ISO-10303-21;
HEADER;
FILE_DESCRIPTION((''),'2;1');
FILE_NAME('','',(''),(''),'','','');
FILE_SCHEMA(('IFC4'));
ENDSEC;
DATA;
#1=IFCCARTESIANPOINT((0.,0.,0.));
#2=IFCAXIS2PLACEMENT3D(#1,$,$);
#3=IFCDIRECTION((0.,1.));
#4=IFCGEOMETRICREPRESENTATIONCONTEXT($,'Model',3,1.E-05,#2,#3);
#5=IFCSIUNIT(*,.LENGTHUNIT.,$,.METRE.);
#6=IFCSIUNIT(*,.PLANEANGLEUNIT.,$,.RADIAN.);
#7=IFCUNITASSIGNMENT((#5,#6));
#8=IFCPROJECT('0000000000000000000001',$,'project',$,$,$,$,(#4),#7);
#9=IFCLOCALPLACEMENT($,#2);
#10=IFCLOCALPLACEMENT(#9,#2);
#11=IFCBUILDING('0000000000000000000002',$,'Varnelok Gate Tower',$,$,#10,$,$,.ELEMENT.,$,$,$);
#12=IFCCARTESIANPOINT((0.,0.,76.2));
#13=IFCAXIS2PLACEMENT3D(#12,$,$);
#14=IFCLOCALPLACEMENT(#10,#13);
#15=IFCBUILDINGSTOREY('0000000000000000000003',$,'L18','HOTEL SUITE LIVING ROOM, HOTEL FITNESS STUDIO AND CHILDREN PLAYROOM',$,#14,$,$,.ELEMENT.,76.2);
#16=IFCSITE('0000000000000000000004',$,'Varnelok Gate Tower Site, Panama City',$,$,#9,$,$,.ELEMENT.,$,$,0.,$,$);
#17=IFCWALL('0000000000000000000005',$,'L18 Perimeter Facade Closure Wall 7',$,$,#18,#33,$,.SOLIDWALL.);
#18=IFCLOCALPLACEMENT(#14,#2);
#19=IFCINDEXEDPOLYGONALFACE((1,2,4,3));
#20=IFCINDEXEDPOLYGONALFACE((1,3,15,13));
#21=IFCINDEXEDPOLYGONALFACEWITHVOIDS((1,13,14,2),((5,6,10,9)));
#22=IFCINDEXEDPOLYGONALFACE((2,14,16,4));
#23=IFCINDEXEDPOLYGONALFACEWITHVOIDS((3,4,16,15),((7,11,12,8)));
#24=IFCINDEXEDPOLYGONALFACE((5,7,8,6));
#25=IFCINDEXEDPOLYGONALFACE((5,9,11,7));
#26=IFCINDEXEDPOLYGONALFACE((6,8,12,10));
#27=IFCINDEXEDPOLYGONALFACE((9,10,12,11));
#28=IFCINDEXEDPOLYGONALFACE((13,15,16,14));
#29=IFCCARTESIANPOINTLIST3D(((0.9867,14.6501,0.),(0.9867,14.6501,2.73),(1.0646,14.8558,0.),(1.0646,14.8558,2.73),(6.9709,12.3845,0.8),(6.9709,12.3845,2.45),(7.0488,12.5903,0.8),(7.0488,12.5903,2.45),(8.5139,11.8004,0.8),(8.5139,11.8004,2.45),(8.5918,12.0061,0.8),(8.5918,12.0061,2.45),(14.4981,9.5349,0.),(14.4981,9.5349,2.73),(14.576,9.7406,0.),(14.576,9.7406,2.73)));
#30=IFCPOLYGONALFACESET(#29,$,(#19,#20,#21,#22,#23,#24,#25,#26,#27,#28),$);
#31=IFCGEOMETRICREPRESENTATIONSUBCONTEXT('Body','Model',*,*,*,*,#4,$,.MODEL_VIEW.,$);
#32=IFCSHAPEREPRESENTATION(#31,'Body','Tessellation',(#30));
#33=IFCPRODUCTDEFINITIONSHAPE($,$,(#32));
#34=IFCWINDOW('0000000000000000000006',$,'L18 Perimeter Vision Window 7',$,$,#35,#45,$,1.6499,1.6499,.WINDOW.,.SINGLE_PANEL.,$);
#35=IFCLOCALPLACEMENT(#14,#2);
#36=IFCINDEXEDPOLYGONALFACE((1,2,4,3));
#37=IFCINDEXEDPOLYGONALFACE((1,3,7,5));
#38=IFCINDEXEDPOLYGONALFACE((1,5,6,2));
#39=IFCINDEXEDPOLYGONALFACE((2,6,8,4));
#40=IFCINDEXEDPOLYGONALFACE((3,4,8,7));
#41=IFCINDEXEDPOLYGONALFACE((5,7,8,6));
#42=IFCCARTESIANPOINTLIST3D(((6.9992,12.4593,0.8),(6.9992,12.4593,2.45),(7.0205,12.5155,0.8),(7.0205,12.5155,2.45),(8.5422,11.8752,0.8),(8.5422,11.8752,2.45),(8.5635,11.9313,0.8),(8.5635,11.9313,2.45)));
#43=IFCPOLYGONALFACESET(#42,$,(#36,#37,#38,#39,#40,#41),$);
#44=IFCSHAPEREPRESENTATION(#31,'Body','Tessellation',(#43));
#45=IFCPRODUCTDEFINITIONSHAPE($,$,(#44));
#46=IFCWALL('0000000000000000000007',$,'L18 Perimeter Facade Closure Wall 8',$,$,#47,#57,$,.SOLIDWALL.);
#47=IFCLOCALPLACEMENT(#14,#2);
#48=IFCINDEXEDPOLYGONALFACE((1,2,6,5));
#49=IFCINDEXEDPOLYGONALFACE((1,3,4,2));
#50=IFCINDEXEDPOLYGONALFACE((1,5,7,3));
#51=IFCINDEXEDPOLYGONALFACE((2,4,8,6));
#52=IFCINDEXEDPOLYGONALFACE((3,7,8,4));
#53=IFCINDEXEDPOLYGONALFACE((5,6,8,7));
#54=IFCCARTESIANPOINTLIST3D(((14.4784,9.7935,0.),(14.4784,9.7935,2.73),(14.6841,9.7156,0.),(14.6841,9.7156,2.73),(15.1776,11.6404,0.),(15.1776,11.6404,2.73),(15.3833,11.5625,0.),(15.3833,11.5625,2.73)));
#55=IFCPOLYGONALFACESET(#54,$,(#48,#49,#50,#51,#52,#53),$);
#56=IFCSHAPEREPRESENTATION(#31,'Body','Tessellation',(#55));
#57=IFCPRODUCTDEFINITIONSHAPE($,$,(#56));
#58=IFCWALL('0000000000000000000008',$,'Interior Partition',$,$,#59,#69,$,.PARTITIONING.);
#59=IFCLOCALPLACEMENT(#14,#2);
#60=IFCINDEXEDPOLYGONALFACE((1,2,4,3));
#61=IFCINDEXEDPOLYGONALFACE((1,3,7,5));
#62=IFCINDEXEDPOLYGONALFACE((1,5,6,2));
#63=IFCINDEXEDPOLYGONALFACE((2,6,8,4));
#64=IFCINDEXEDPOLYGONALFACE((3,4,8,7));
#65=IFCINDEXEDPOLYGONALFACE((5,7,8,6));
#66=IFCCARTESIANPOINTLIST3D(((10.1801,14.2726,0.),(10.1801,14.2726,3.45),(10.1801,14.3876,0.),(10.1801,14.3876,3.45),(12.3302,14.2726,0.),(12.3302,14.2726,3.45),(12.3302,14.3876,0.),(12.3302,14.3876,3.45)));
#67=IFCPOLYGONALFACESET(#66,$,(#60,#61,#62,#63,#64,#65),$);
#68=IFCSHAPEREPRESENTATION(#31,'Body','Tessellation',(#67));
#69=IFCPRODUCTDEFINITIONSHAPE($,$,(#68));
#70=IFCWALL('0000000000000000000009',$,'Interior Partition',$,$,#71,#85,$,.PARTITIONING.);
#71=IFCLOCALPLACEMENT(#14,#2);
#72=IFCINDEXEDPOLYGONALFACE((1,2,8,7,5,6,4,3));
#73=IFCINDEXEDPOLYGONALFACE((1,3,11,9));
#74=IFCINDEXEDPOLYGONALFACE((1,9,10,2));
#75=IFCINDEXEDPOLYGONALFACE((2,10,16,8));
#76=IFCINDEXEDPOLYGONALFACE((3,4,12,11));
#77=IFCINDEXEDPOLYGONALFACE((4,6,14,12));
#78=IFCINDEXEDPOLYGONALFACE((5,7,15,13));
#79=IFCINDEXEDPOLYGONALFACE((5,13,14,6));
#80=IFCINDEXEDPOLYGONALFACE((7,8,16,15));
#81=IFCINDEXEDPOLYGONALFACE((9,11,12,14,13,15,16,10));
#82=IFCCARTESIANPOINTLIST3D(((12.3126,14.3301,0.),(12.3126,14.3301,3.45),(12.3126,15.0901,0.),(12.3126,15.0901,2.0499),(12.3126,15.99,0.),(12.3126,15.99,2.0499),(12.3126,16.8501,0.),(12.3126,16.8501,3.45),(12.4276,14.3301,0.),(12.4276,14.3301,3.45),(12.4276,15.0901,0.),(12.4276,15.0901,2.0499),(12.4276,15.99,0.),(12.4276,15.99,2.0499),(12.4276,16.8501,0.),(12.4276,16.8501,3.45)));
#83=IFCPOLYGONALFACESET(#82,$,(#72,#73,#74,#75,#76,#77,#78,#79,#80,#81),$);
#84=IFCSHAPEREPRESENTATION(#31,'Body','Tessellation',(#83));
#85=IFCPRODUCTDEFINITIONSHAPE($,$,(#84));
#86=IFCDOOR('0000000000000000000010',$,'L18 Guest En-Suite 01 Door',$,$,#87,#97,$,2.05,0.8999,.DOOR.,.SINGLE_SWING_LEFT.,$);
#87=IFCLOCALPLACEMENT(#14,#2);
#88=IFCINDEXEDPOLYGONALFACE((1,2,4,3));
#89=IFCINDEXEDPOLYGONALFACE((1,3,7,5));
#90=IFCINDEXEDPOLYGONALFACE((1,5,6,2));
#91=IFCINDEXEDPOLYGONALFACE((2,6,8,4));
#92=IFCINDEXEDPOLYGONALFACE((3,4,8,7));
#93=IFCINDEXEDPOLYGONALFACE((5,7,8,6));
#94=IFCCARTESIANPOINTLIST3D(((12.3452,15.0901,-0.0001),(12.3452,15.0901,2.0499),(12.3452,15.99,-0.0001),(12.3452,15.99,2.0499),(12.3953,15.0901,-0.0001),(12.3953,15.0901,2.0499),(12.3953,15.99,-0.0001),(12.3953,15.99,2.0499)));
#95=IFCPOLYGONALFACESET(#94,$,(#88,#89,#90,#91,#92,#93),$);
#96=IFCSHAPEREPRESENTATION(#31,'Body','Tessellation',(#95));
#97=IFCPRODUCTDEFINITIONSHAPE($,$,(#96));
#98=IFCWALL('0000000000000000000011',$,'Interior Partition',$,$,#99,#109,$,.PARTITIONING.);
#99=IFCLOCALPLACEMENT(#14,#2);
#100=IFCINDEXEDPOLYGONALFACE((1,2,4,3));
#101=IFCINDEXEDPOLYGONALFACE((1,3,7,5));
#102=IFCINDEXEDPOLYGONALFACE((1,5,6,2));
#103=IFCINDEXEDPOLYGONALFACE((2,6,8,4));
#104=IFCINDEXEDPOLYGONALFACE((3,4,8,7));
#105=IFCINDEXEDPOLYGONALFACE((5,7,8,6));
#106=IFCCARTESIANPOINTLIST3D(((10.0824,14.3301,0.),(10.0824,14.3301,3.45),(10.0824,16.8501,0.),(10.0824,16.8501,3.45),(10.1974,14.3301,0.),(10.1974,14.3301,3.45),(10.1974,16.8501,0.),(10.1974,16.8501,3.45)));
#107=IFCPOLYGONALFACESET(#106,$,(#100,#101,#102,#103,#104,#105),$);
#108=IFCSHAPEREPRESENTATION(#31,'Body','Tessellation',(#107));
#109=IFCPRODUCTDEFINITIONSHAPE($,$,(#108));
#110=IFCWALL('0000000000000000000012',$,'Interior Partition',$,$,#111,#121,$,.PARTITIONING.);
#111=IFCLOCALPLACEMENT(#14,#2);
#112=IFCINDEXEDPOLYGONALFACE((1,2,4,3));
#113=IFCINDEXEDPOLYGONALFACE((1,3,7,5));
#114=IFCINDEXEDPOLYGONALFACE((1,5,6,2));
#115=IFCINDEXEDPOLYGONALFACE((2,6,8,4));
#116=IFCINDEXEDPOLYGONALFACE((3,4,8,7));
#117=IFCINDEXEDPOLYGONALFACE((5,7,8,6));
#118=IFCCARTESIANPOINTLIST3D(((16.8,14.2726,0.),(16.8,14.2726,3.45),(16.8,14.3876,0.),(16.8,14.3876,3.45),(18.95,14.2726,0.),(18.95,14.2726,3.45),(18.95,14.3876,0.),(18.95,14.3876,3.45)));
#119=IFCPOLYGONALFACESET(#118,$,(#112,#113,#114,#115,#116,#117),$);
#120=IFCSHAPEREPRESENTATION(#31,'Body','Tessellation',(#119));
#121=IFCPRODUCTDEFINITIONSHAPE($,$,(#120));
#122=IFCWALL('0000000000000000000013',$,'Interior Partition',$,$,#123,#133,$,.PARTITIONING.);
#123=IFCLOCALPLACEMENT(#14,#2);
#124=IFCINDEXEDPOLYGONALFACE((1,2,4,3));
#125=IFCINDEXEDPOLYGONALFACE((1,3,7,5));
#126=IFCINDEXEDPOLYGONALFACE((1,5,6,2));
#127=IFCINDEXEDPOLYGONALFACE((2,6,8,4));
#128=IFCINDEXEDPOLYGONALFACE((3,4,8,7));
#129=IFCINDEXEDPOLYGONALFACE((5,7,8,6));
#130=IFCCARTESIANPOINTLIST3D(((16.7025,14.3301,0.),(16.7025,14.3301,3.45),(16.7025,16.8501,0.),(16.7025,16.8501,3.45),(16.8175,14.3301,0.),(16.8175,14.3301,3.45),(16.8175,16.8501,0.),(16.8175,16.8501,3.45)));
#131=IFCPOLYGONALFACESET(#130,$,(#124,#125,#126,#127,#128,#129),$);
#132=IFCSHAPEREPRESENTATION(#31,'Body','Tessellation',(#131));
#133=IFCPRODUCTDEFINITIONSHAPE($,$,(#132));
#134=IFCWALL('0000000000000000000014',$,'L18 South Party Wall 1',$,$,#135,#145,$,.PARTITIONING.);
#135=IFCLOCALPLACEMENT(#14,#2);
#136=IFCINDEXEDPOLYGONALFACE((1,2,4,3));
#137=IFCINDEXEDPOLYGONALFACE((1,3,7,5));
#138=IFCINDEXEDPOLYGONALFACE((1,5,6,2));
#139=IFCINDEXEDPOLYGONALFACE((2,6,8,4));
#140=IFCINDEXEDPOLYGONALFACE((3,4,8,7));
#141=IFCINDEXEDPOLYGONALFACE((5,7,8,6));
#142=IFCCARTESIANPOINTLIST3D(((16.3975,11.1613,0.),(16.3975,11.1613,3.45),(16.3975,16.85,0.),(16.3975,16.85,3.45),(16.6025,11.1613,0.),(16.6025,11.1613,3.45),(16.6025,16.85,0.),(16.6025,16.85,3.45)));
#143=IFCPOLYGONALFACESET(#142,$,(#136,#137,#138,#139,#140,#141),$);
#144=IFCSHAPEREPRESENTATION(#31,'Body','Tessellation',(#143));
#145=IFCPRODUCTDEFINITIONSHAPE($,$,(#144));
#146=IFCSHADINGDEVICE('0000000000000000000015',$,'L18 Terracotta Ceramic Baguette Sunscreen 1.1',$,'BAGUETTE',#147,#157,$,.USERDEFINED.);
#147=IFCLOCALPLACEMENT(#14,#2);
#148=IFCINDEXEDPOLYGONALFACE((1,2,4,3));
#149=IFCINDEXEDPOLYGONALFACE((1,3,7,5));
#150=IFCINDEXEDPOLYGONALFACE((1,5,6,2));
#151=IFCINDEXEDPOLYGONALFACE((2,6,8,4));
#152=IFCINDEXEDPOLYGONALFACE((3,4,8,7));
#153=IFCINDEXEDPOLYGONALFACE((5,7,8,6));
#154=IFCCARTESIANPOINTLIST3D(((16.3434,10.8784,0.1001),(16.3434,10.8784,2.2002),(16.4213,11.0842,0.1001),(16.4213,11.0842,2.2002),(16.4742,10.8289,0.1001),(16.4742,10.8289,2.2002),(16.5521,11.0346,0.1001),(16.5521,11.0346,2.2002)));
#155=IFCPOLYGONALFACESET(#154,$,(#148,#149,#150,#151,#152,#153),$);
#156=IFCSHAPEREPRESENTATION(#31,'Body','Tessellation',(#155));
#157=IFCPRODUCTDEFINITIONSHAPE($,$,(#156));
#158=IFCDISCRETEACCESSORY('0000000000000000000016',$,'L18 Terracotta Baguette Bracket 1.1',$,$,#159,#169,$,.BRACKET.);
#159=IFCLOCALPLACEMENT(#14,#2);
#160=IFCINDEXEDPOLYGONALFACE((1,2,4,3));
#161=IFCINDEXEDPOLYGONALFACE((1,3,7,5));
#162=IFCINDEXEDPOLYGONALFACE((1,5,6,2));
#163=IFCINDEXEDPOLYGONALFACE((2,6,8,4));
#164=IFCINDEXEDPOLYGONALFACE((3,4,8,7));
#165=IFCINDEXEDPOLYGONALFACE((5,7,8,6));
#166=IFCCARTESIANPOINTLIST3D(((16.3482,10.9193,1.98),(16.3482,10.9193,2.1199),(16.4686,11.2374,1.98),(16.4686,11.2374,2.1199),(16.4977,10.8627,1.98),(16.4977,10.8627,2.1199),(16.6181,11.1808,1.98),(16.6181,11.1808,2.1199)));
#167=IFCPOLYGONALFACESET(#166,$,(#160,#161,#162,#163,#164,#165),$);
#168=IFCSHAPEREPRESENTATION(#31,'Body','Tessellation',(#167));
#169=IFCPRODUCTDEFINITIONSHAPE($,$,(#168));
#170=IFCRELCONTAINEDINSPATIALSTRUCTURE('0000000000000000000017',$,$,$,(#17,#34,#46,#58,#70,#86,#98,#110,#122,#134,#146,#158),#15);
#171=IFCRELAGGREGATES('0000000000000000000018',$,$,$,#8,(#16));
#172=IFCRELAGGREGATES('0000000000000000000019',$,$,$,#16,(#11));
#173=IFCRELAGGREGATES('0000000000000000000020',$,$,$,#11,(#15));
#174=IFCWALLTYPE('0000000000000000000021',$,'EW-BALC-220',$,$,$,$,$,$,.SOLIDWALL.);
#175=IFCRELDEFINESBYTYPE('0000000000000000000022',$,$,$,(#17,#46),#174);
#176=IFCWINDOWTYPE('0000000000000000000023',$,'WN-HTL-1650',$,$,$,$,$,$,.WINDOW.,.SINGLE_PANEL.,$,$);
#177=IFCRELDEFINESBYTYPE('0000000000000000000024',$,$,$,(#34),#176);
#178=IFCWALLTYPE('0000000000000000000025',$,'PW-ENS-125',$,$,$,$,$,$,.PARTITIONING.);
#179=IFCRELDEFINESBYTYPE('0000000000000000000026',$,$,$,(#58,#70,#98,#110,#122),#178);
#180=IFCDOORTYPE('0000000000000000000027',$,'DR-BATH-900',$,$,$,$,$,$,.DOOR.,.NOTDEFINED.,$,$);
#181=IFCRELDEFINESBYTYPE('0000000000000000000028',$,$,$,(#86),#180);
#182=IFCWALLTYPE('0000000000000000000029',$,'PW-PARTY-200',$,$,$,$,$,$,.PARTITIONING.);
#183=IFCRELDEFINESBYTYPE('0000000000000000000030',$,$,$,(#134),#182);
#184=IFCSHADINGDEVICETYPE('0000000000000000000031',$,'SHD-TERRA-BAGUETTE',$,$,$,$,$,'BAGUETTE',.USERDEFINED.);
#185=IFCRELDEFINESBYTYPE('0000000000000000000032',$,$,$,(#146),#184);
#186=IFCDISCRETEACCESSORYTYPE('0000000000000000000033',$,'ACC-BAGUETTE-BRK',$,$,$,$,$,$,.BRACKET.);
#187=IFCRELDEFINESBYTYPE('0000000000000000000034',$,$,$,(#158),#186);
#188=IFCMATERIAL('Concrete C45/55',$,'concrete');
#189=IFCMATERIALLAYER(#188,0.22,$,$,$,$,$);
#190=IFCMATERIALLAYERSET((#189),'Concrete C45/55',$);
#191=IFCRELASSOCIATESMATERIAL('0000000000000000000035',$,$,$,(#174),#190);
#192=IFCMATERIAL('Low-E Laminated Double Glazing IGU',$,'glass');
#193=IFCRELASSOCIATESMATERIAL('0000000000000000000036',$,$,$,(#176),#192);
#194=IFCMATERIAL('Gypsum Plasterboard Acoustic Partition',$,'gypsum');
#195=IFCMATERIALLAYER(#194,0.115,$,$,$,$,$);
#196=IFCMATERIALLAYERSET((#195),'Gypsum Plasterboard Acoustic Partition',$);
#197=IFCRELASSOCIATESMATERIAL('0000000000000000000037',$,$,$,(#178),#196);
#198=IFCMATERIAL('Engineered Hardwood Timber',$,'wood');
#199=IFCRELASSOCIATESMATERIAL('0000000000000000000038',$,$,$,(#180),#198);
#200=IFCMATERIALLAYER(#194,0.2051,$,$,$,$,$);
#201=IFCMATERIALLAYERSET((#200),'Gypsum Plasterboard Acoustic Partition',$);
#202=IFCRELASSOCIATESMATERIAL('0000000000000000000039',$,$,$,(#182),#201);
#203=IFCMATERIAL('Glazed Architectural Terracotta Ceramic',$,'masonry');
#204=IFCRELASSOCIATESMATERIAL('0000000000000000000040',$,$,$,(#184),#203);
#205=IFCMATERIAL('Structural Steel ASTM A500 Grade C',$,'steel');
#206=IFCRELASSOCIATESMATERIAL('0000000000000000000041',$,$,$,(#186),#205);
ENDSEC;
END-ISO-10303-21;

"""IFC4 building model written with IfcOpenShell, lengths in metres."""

from ifc_helpers import new_model, si_unit, direction, frame, frame_2d, origin, origin_2d, place, context, subcontext, project, spatial, rectangle, extrude, source, transform, mapped, material, layer, layer_set, type_object, element, fill, save


model = new_model("IFC4")

# Units and contexts
model_context = context("Model", 3, precision=1e-05, world=origin(), true_north=direction((0.0, 1.0)))
body_context = subcontext(model_context, "Body", "Model", "MODEL_VIEW")
ifc_project = project(units=[si_unit("LENGTHUNIT", "METRE"), si_unit("PLANEANGLEUNIT", "RADIAN")], contexts=[model_context])

# Site, building, storey
site_placement = place(None, origin())
site = spatial("IfcSite", under=ifc_project, at=site_placement, Name="Varnelok Gate Tower Site, Panama City", CompositionType="ELEMENT", RefElevation=0.0)
building_placement = place(site_placement, origin())
building = spatial("IfcBuilding", under=site, at=building_placement, Name="Varnelok Gate Tower", CompositionType="ELEMENT")
storey_placement = place(building_placement, frame((0.0, 0.0, 76.2)))
storey = spatial("IfcBuildingStorey", under=building, at=storey_placement, Name="L18", Description="HOTEL SUITE LIVING ROOM, HOTEL FITNESS STUDIO AND CHILDREN PLAYROOM", CompositionType="ELEMENT", Elevation=76.2)

# Shared definitions
ifc_material_1 = material(Name="Concrete C45/55", Category="concrete")

# Wall, opening, window
ifc_layer_1 = layer(ifc_material_1, 0.22)
ifc_layer_set_1 = layer_set([ifc_layer_1], Name="Concrete C45/55")
wall_type_1 = type_object("IfcWallType", Name="EW-BALC-220", PredefinedType="SOLIDWALL", material=ifc_layer_set_1)
wall_1_placement = place(storey_placement, frame((1.0256, 14.7529, 0.0), z_axis=(0.0, 0.0, 1.0), x_axis=(0.935222, -0.354061, 0.0)))
wall_1 = element("IfcWall", 1, at=wall_1_placement, inside=storey, type_object=wall_type_1, Name="L18 Perimeter Facade Closure Wall 7", PredefinedType="SOLIDWALL", context=body_context, shape_type="SweptSolid", body=[
    extrude(rectangle(XDim=14.4473, YDim=0.22, at=frame_2d((7.2236, 0.0))), origin(), (0.0, 0.0, 1.0), 2.73),
])
opening_1_placement = place(wall_1_placement, frame((6.3987, 0.0, 0.8)))
opening_1 = element("IfcOpeningElement", 2, at=opening_1_placement, cuts=wall_1, PredefinedType="OPENING", context=body_context, shape_type="SweptSolid", body=[
    extrude(rectangle(XDim=1.6499, YDim=1.6499, at=frame_2d((0.825, 0.825))), frame((0.0, 0.1199, 0.0), z_axis=(0.0, -1.0, 0.0), x_axis=(1.0, 0.0, 0.0)), (0.0, 0.0, 1.0), 0.24),
])
ifc_material_2 = material(Name="Low-E Laminated Double Glazing IGU", Category="glass")
window_type = type_object("IfcWindowType", Name="WN-HTL-1650", PartitioningType="SINGLE_PANEL", PredefinedType="WINDOW", material=ifc_material_2)
window_placement = place(opening_1_placement, origin())
window = element("IfcWindow", 3, at=window_placement, inside=storey, type_object=window_type, Name="L18 Perimeter Vision Window 7", OverallHeight=1.6499, OverallWidth=1.6499, PartitioningType="SINGLE_PANEL", PredefinedType="WINDOW", context=body_context, shape_type="SweptSolid", body=[
    extrude(rectangle(XDim=1.6499, YDim=1.6499, at=frame_2d((0.825, 0.825))), frame((0.0, 0.03, 0.0), z_axis=(0.0, -1.0, 0.0), x_axis=(1.0, 0.0, 0.0)), (0.0, 0.0, 1.0), 0.0601),
])
fill(opening_1, window)

# Walls
wall_2_placement = place(storey_placement, frame((14.5813, 9.7546, 0.0), z_axis=(0.0, 0.0, 1.0), x_axis=(0.354062, 0.935222, 0.0)))
element("IfcWall", 4, at=wall_2_placement, inside=storey, type_object=wall_type_1, Name="L18 Perimeter Facade Closure Wall 8", PredefinedType="SOLIDWALL", context=body_context, shape_type="SweptSolid", body=[
    extrude(rectangle(XDim=1.9749, YDim=0.22, at=frame_2d((0.9873, 0.0))), origin(), (0.0, 0.0, 1.0), 2.73),
])
ifc_material_3 = material(Name="Gypsum Plasterboard Acoustic Partition", Category="gypsum")
ifc_layer_2 = layer(ifc_material_3, 0.115)
ifc_layer_set_2 = layer_set([ifc_layer_2], Name="Gypsum Plasterboard Acoustic Partition")
wall_type_2 = type_object("IfcWallType", Name="PW-ENS-125", PredefinedType="PARTITIONING", material=ifc_layer_set_2)
wall_3_placement = place(storey_placement, frame((10.1799, 14.3301, 0.0), z_axis=(0.0, 0.0, 1.0), x_axis=(1.0, 0.0, 0.0)))
element("IfcWall", 5, at=wall_3_placement, inside=storey, type_object=wall_type_2, Name="Interior Partition", PredefinedType="PARTITIONING", context=body_context, shape_type="SweptSolid", body=[
    extrude(rectangle(XDim=2.1501, YDim=0.115, at=frame_2d((1.0752, 0.0))), origin(), (0.0, 0.0, 1.0), 3.45),
])

# Wall, opening, door
wall_4_placement = place(storey_placement, frame((12.3701, 14.3301, 0.0), z_axis=(0.0, 0.0, 1.0), x_axis=(0.0, 1.0, 0.0)))
wall_4 = element("IfcWall", 6, at=wall_4_placement, inside=storey, type_object=wall_type_2, Name="Interior Partition", PredefinedType="PARTITIONING", context=body_context, shape_type="SweptSolid", body=[
    extrude(rectangle(XDim=2.52, YDim=0.115, at=frame_2d((1.26, 0.0))), origin(), (0.0, 0.0, 1.0), 3.45),
])
opening_2_placement = place(wall_4_placement, frame((0.76, 0.0, 0.0)))
opening_2 = element("IfcOpeningElement", 7, at=opening_2_placement, cuts=wall_4, PredefinedType="OPENING", context=body_context, shape_type="SweptSolid", body=[
    extrude(rectangle(XDim=0.8999, YDim=2.05, at=frame_2d((0.45, 1.0249))), frame((0.0, 0.0674, 0.0), z_axis=(0.0, -1.0, 0.0), x_axis=(1.0, 0.0, 0.0)), (0.0, 0.0, 1.0), 0.135),
])
ifc_material_4 = material(Name="Engineered Hardwood Timber", Category="wood")
door_type = type_object("IfcDoorType", Name="DR-BATH-900", OperationType="NOTDEFINED", PredefinedType="DOOR", material=ifc_material_4)
door_placement = place(opening_2_placement, origin())
door = element("IfcDoor", 8, at=door_placement, inside=storey, type_object=door_type, Name="L18 Guest En-Suite 01 Door", OperationType="SINGLE_SWING_LEFT", OverallHeight=2.05, OverallWidth=0.8999, PredefinedType="DOOR", context=body_context, shape_type="SweptSolid", body=[
    extrude(rectangle(XDim=0.8999, YDim=2.05, at=frame_2d((0.45, 1.0249))), frame((0.0, 0.0249, 0.0), z_axis=(0.0, -1.0, 0.0), x_axis=(1.0, 0.0, 0.0)), (0.0, 0.0, 1.0), 0.05),
])
fill(opening_2, door)

# Walls
wall_5_placement = place(storey_placement, frame((10.1399, 14.3301, 0.0), z_axis=(0.0, 0.0, 1.0), x_axis=(0.0, 1.0, 0.0)))
element("IfcWall", 9, at=wall_5_placement, inside=storey, type_object=wall_type_2, Name="Interior Partition", PredefinedType="PARTITIONING", context=body_context, shape_type="SweptSolid", body=[
    extrude(rectangle(XDim=2.52, YDim=0.115, at=frame_2d((1.26, 0.0))), origin(), (0.0, 0.0, 1.0), 3.45),
])
wall_6_placement = place(storey_placement, frame((16.8, 14.3301, 0.0), z_axis=(0.0, 0.0, 1.0), x_axis=(1.0, 0.0, 0.0)))
element("IfcWall", 10, at=wall_6_placement, inside=storey, type_object=wall_type_2, Name="Interior Partition", PredefinedType="PARTITIONING", context=body_context, shape_type="SweptSolid", body=[
    extrude(rectangle(XDim=2.1499, YDim=0.115, at=frame_2d((1.075, 0.0))), origin(), (0.0, 0.0, 1.0), 3.45),
])
wall_7_placement = place(storey_placement, frame((16.76, 14.3301, 0.0), z_axis=(0.0, 0.0, 1.0), x_axis=(0.0, 1.0, 0.0)))
element("IfcWall", 11, at=wall_7_placement, inside=storey, type_object=wall_type_2, Name="Interior Partition", PredefinedType="PARTITIONING", context=body_context, shape_type="SweptSolid", body=[
    extrude(rectangle(XDim=2.52, YDim=0.115, at=frame_2d((1.26, 0.0))), origin(), (0.0, 0.0, 1.0), 3.45),
])
ifc_layer_3 = layer(ifc_material_3, 0.2051)
ifc_layer_set_3 = layer_set([ifc_layer_3], Name="Gypsum Plasterboard Acoustic Partition")
wall_type_3 = type_object("IfcWallType", Name="PW-PARTY-200", PredefinedType="PARTITIONING", material=ifc_layer_set_3)
wall_8_placement = place(storey_placement, frame((16.5, 11.1614, 0.0), z_axis=(0.0, 0.0, 1.0), x_axis=(0.0, 1.0, 0.0)))
element("IfcWall", 12, at=wall_8_placement, inside=storey, type_object=wall_type_3, Name="L18 South Party Wall 1", PredefinedType="PARTITIONING", context=body_context, shape_type="SweptSolid", body=[
    extrude(rectangle(XDim=5.6887, YDim=0.2051, at=frame_2d((2.8442, 0.0))), origin(), (0.0, 0.0, 1.0), 3.45),
])

# Shading device
ifc_material_5 = material(Name="Glazed Architectural Terracotta Ceramic", Category="masonry")
shading_device_type = type_object("IfcShadingDeviceType", Name="SHD-TERRA-BAGUETTE", ElementType="BAGUETTE", PredefinedType="USERDEFINED", material=ifc_material_5)
shared_shape_1 = source(origin(), body_context, "Body", "SweptSolid", [
    extrude(rectangle(XDim=0.1399, YDim=0.22, at=origin_2d()), origin(), (0.0, 0.0, 1.0), 2.1001),
])
shading_device_placement = place(storey_placement, frame((16.4478, 10.9565, 0.1001), z_axis=(0.0, 0.0, 1.0), x_axis=(0.935222, -0.354063, 0.0)))
element("IfcShadingDevice", 13, at=shading_device_placement, inside=storey, type_object=shading_device_type, Name="L18 Terracotta Ceramic Baguette Sunscreen 1.1", ObjectType="BAGUETTE", PredefinedType="USERDEFINED", context=body_context, shape_type="MappedRepresentation", body=[
    mapped(shared_shape_1, transform((0.0, 0.0, 0.0), scale=1.0)),
])

# Discrete accessory
ifc_material_6 = material(Name="Structural Steel ASTM A500 Grade C", Category="steel")
discrete_accessory_type = type_object("IfcDiscreteAccessoryType", Name="ACC-BAGUETTE-BRK", PredefinedType="BRACKET", material=ifc_material_6)
shared_shape_2 = source(origin(), body_context, "Body", "SweptSolid", [
    extrude(rectangle(XDim=0.1599, YDim=0.3401, at=origin_2d()), origin(), (0.0, 0.0, 1.0), 0.1399),
])
discrete_accessory_placement = place(storey_placement, frame((16.4832, 11.05, 1.98), z_axis=(0.0, 0.0, 1.0), x_axis=(0.935222, -0.354063, 0.0)))
element("IfcDiscreteAccessory", 14, at=discrete_accessory_placement, inside=storey, type_object=discrete_accessory_type, Name="L18 Terracotta Baguette Bracket 1.1", PredefinedType="BRACKET", context=body_context, shape_type="MappedRepresentation", body=[
    mapped(shared_shape_2, transform((0.0, 0.0, 0.0), scale=1.0)),
])

save(model, "model.ifc")
